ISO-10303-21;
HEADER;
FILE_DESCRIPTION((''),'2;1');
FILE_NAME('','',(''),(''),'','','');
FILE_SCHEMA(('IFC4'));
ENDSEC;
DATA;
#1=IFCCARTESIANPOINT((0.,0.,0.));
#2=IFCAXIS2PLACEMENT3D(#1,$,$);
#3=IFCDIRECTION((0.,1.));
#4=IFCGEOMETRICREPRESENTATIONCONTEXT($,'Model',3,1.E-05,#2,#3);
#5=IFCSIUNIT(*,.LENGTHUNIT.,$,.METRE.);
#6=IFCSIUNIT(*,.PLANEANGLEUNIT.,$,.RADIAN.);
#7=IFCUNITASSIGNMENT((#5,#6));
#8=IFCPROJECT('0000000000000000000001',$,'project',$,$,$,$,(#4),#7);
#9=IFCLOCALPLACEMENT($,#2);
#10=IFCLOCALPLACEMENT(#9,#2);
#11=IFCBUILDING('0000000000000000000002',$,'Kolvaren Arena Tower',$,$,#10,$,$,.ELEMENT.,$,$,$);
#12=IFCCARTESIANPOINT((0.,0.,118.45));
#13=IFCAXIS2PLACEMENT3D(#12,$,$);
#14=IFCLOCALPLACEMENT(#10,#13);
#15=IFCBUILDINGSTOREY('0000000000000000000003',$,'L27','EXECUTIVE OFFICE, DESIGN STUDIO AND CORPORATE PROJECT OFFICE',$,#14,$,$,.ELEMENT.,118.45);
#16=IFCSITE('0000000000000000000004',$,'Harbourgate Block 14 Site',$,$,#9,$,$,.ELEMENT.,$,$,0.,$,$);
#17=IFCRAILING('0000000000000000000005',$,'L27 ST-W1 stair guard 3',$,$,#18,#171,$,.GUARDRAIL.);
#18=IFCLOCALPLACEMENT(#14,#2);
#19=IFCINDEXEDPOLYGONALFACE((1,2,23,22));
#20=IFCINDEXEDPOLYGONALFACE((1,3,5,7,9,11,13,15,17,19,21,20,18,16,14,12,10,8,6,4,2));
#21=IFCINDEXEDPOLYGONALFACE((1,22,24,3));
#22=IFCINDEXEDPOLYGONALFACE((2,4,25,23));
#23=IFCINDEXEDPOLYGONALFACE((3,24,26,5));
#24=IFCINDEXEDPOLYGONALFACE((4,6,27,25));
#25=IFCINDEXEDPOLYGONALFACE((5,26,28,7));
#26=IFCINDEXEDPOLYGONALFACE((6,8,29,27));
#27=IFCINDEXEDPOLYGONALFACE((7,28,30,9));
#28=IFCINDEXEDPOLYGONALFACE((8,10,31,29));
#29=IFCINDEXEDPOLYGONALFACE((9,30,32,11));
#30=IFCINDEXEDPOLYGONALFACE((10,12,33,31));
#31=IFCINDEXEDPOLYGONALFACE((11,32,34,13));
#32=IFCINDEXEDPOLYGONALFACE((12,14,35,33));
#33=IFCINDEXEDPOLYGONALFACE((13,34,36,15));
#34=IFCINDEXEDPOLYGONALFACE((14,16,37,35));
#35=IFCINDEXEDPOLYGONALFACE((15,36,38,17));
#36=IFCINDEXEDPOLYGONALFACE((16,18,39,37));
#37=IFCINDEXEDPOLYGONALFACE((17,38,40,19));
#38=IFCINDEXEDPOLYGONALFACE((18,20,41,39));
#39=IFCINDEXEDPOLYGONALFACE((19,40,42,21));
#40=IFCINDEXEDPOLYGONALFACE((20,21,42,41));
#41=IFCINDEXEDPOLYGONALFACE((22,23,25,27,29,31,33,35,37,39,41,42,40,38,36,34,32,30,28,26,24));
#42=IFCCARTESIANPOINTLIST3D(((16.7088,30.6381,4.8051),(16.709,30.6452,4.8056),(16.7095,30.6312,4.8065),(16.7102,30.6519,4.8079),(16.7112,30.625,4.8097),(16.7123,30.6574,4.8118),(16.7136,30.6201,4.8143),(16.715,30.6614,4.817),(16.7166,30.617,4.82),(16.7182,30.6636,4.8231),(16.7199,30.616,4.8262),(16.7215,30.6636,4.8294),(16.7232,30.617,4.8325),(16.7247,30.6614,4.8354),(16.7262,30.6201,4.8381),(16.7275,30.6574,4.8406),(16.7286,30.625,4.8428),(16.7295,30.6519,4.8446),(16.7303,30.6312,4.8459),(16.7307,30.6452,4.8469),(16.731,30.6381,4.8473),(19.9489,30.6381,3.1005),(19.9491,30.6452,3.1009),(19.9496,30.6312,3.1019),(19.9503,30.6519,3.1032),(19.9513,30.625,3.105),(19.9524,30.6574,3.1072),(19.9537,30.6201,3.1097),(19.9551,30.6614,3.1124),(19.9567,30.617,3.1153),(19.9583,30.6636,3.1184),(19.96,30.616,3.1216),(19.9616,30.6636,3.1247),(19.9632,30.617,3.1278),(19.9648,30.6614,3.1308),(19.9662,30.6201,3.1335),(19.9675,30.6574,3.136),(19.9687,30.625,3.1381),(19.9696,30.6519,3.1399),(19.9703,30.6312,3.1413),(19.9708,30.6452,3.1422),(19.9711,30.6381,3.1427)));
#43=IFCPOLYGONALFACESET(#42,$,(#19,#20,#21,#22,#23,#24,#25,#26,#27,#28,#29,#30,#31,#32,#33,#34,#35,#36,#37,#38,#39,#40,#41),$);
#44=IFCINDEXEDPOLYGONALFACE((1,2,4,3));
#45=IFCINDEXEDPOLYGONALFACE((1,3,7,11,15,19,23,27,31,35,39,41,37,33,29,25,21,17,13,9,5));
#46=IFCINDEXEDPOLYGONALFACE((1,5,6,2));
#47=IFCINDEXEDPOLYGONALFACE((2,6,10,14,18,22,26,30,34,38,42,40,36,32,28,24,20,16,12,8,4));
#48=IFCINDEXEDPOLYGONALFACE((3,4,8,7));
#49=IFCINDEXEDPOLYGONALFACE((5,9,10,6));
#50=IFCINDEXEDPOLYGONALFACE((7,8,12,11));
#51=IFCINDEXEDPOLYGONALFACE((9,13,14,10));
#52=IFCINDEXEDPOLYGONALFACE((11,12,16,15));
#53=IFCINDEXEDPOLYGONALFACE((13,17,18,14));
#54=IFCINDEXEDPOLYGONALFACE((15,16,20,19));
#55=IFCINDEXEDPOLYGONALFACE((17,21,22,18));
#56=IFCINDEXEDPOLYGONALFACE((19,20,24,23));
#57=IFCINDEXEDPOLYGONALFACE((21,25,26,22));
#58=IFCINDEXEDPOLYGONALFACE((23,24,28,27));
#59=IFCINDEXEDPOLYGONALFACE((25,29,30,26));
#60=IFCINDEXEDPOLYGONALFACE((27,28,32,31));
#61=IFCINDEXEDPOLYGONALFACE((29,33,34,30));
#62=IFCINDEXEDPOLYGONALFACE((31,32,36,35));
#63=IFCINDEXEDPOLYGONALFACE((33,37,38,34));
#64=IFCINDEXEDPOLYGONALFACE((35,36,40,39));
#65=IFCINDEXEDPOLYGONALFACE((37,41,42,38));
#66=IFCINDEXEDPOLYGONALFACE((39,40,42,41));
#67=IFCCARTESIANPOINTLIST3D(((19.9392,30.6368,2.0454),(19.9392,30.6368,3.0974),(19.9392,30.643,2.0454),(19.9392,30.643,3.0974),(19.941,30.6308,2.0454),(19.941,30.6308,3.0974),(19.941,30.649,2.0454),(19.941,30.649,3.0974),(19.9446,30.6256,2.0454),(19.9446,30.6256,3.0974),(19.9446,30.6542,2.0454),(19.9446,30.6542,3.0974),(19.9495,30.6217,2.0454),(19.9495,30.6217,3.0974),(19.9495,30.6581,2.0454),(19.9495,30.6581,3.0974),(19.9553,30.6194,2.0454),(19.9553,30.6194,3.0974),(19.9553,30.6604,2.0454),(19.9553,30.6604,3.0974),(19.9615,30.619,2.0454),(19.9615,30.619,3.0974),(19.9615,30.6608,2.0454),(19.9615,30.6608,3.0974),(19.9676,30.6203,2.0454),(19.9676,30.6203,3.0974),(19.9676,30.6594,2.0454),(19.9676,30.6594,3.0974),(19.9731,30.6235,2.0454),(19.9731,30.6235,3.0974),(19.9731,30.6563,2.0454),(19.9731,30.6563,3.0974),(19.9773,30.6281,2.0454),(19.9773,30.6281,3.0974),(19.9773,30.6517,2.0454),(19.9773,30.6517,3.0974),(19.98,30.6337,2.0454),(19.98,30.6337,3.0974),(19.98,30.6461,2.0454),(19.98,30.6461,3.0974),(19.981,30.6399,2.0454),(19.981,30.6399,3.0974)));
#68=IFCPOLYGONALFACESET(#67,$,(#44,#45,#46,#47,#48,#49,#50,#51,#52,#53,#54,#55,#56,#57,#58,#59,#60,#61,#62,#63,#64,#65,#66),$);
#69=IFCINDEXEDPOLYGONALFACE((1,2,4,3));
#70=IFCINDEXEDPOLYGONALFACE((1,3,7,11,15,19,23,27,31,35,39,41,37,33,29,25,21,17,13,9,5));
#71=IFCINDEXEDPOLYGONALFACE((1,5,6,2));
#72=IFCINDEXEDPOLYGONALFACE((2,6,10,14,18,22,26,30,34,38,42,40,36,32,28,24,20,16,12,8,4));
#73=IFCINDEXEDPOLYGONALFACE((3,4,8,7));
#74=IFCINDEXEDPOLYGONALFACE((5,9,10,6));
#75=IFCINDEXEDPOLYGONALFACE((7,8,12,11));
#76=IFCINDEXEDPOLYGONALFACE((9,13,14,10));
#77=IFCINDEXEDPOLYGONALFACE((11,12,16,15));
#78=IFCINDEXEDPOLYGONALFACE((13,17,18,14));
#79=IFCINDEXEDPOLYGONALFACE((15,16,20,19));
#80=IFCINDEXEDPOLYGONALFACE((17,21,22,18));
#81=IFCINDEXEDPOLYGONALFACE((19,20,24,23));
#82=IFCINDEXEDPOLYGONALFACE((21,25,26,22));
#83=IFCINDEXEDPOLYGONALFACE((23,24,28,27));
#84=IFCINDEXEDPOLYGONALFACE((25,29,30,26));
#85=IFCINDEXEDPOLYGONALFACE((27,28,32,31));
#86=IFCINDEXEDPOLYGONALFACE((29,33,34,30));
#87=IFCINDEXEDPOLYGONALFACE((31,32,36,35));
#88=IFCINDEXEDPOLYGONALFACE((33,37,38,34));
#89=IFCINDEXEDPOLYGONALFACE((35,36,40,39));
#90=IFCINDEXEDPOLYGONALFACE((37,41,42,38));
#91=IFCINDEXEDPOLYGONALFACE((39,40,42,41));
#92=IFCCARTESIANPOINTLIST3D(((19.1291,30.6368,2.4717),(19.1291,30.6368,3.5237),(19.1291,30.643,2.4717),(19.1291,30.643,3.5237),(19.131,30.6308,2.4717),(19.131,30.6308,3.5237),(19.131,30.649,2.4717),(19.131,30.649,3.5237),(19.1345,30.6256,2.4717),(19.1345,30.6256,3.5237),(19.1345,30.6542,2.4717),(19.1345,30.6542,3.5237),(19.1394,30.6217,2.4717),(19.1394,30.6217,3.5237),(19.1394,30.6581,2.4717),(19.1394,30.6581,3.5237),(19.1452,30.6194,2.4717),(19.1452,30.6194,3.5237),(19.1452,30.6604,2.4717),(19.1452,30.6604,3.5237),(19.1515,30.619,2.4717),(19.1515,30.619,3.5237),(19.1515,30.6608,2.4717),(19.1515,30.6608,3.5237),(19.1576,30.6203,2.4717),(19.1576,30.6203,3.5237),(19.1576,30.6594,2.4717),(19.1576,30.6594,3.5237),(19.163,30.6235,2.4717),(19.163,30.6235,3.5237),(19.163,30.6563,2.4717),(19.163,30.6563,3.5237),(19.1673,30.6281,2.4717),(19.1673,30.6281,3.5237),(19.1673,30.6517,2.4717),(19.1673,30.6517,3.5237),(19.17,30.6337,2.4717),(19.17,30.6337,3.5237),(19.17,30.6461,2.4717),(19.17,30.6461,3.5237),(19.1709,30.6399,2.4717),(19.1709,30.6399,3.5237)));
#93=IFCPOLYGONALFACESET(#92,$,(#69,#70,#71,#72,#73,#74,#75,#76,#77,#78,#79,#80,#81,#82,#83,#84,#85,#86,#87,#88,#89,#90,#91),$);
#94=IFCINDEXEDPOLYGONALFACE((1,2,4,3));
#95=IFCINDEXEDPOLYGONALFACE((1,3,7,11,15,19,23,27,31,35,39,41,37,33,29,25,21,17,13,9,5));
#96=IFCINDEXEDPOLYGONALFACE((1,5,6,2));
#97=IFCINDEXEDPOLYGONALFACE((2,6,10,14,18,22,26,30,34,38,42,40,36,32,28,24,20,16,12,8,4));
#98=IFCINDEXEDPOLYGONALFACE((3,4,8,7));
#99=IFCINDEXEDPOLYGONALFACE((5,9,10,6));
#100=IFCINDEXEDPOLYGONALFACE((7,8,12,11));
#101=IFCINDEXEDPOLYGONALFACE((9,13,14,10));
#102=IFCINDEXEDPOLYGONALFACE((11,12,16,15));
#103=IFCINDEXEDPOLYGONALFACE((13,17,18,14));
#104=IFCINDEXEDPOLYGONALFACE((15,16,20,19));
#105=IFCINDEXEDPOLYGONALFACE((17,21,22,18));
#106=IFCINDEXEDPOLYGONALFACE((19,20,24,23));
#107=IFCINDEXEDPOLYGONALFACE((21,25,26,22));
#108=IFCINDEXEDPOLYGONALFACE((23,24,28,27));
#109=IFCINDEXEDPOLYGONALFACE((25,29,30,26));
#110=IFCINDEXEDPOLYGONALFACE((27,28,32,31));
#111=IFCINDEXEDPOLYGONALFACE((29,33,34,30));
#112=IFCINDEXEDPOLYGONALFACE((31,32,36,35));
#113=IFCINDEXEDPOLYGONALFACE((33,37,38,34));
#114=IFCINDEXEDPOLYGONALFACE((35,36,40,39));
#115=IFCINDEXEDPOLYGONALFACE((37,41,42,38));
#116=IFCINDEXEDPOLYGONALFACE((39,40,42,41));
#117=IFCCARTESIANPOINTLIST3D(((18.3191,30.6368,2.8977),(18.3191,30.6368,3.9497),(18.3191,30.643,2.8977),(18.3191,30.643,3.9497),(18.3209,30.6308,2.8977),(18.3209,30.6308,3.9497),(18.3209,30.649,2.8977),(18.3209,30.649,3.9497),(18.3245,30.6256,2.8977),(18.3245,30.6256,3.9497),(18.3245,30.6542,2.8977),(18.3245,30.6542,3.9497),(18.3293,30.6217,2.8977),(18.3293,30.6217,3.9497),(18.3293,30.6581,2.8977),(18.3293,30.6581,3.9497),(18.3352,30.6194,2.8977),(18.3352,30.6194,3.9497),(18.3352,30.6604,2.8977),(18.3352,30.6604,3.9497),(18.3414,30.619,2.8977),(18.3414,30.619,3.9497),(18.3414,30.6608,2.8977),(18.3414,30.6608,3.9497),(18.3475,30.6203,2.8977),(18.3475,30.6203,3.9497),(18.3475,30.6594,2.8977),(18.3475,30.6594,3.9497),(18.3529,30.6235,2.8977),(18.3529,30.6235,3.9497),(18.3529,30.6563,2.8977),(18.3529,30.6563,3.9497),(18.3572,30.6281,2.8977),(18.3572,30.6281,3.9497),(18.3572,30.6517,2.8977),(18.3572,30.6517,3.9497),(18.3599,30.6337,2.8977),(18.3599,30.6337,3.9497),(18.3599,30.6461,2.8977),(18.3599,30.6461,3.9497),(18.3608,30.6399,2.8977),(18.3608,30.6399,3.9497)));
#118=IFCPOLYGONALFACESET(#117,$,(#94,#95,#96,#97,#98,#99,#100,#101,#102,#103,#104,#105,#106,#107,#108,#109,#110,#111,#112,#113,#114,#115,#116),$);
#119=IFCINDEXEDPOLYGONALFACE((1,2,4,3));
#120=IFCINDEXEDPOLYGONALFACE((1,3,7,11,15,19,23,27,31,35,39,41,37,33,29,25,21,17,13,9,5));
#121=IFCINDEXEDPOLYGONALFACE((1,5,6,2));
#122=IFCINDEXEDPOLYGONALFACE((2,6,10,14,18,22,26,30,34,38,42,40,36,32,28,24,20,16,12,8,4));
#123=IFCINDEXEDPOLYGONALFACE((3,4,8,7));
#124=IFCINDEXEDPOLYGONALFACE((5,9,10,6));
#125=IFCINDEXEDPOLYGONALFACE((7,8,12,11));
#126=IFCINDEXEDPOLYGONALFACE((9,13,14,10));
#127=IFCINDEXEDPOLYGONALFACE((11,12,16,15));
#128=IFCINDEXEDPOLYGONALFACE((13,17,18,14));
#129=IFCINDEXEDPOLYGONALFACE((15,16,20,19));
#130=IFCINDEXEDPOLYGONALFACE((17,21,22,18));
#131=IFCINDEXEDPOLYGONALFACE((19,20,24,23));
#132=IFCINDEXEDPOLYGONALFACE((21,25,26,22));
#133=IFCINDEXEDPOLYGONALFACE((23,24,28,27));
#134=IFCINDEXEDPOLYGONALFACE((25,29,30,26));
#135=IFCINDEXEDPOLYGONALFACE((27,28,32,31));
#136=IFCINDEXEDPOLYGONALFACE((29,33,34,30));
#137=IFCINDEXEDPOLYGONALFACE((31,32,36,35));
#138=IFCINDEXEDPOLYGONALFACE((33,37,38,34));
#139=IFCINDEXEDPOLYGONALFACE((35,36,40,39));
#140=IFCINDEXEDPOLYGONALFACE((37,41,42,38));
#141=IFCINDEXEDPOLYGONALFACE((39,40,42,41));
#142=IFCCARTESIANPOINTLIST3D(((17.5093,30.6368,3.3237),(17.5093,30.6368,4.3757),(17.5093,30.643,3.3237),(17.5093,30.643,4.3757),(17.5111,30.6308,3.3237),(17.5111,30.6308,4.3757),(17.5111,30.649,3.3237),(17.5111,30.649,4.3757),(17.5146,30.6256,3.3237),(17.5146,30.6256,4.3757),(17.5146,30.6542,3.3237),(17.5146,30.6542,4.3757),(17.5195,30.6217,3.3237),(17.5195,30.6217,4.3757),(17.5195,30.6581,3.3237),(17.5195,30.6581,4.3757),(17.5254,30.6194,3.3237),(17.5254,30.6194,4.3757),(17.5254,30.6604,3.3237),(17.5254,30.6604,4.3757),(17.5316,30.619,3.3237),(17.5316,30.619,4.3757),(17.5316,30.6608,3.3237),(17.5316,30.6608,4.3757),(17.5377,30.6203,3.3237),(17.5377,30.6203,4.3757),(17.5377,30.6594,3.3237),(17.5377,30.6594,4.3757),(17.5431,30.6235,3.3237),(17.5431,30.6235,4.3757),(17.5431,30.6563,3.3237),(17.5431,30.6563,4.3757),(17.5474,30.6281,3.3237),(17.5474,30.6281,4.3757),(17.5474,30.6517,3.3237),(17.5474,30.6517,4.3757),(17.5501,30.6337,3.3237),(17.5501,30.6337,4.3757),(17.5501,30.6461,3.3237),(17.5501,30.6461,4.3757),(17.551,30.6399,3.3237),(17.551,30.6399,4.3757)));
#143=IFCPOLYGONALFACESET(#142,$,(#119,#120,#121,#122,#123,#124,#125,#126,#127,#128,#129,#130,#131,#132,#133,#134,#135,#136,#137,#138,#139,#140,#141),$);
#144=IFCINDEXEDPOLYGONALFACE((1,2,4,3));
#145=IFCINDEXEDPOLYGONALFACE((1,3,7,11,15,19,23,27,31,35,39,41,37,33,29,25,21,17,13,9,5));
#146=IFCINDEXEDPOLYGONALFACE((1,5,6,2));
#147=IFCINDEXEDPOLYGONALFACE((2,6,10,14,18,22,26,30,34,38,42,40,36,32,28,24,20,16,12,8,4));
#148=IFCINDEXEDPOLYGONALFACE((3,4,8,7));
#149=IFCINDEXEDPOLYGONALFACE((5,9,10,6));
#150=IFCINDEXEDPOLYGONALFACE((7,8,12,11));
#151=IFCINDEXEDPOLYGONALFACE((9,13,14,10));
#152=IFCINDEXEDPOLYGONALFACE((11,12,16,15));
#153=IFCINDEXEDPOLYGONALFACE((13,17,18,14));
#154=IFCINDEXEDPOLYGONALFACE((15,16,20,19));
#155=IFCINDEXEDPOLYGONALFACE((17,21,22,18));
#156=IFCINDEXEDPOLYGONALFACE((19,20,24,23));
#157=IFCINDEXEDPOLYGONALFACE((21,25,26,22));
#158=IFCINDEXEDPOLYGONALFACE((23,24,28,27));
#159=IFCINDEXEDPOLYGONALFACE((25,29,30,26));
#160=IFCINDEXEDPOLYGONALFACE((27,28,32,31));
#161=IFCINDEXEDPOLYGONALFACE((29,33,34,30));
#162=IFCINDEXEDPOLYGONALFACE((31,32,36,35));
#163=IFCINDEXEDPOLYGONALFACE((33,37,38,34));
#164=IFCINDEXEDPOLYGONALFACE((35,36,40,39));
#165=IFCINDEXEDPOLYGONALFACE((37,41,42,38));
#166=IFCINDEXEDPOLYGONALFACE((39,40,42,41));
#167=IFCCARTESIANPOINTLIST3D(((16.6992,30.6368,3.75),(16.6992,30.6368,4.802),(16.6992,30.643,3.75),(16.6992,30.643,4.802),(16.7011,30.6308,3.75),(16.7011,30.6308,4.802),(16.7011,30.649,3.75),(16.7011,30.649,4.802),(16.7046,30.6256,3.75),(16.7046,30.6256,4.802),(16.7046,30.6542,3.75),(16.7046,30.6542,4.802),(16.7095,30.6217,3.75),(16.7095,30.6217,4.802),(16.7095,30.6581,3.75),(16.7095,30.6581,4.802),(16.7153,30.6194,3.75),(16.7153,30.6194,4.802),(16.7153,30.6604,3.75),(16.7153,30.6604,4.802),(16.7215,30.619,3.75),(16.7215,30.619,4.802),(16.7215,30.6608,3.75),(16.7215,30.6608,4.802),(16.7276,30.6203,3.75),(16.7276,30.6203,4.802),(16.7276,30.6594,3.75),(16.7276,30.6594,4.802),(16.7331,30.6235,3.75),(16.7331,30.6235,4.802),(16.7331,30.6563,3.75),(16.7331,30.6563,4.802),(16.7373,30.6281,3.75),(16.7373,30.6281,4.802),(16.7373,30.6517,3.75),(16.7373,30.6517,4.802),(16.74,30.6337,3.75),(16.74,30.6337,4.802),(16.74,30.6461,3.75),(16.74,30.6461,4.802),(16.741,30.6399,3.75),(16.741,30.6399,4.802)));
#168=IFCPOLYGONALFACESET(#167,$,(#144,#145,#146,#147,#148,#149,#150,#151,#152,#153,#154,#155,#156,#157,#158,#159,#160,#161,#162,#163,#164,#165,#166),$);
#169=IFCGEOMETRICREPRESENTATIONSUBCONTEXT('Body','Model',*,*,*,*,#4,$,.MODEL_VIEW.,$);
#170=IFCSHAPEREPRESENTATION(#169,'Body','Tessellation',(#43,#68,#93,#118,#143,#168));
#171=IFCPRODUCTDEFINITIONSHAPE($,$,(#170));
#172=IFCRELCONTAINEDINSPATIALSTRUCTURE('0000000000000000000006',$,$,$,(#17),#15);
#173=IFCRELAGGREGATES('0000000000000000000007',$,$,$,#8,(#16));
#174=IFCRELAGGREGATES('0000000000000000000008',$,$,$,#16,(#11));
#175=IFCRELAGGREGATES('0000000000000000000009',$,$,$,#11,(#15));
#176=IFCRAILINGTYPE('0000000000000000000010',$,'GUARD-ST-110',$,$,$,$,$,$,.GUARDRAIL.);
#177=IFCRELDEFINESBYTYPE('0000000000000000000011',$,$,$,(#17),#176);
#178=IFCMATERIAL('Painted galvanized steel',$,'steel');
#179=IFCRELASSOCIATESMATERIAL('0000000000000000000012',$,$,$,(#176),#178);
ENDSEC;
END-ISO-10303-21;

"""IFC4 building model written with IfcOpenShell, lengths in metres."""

from ifc_helpers import new_model, si_unit, direction, frame, origin, origin_2d, place, context, subcontext, project, spatial, circle, extrude, material, type_object, element, save


model = new_model("IFC4")

# Units and contexts
model_context = context("Model", 3, precision=1e-05, world=origin(), true_north=direction((0.0, 1.0)))
body_context = subcontext(model_context, "Body", "Model", "MODEL_VIEW")
ifc_project = project(units=[si_unit("LENGTHUNIT", "METRE"), si_unit("PLANEANGLEUNIT", "RADIAN")], contexts=[model_context])

# Site, building, storey
site_placement = place(None, origin())
site = spatial("IfcSite", under=ifc_project, at=site_placement, Name="Harbourgate Block 14 Site", CompositionType="ELEMENT", RefElevation=0.0)
building_placement = place(site_placement, origin())
building = spatial("IfcBuilding", under=site, at=building_placement, Name="Kolvaren Arena Tower", CompositionType="ELEMENT")
storey_placement = place(building_placement, frame((0.0, 0.0, 118.45)))
storey = spatial("IfcBuildingStorey", under=building, at=storey_placement, Name="L27", Description="EXECUTIVE OFFICE, DESIGN STUDIO AND CORPORATE PROJECT OFFICE", CompositionType="ELEMENT", Elevation=118.45)

# Railing
ifc_material_1 = material(Name="Painted galvanized steel", Category="steel")
railing_type_1 = type_object("IfcRailingType", Name="GUARD-ST-110", PredefinedType="GUARDRAIL", material=ifc_material_1)
railing_1_placement = place(storey_placement, frame((19.96, 30.6399, 2.0454)))
element("IfcRailing", 1, at=railing_1_placement, inside=storey, type_object=railing_type_1, Name="L27 ST-W1 stair guard 3", PredefinedType="GUARDRAIL", context=body_context, shape_type="SweptSolid", body=[
    extrude(circle(Radius=0.0239, at=origin_2d()), frame((0.0, 0.0, 1.0762), z_axis=(-0.884993, 0.0, 0.465604), x_axis=(0.0, -1.0, 0.0)), (0.0, 0.0, 1.0), 3.6611),
    extrude(circle(Radius=0.021, at=origin_2d()), origin(), (0.0, 0.0, 1.0), 1.052),
    extrude(circle(Radius=0.021, at=origin_2d()), frame((-0.8101, 0.0, 0.4263)), (0.0, 0.0, 1.0), 1.052),
    extrude(circle(Radius=0.021, at=origin_2d()), frame((-1.6201, 0.0, 0.8523)), (0.0, 0.0, 1.0), 1.052),
    extrude(circle(Radius=0.021, at=origin_2d()), frame((-2.4299, 0.0, 1.2783)), (0.0, 0.0, 1.0), 1.052),
    extrude(circle(Radius=0.021, at=origin_2d()), frame((-3.24, 0.0, 1.7046)), (0.0, 0.0, 1.0), 1.052),
])

save(model, "model.ifc")
